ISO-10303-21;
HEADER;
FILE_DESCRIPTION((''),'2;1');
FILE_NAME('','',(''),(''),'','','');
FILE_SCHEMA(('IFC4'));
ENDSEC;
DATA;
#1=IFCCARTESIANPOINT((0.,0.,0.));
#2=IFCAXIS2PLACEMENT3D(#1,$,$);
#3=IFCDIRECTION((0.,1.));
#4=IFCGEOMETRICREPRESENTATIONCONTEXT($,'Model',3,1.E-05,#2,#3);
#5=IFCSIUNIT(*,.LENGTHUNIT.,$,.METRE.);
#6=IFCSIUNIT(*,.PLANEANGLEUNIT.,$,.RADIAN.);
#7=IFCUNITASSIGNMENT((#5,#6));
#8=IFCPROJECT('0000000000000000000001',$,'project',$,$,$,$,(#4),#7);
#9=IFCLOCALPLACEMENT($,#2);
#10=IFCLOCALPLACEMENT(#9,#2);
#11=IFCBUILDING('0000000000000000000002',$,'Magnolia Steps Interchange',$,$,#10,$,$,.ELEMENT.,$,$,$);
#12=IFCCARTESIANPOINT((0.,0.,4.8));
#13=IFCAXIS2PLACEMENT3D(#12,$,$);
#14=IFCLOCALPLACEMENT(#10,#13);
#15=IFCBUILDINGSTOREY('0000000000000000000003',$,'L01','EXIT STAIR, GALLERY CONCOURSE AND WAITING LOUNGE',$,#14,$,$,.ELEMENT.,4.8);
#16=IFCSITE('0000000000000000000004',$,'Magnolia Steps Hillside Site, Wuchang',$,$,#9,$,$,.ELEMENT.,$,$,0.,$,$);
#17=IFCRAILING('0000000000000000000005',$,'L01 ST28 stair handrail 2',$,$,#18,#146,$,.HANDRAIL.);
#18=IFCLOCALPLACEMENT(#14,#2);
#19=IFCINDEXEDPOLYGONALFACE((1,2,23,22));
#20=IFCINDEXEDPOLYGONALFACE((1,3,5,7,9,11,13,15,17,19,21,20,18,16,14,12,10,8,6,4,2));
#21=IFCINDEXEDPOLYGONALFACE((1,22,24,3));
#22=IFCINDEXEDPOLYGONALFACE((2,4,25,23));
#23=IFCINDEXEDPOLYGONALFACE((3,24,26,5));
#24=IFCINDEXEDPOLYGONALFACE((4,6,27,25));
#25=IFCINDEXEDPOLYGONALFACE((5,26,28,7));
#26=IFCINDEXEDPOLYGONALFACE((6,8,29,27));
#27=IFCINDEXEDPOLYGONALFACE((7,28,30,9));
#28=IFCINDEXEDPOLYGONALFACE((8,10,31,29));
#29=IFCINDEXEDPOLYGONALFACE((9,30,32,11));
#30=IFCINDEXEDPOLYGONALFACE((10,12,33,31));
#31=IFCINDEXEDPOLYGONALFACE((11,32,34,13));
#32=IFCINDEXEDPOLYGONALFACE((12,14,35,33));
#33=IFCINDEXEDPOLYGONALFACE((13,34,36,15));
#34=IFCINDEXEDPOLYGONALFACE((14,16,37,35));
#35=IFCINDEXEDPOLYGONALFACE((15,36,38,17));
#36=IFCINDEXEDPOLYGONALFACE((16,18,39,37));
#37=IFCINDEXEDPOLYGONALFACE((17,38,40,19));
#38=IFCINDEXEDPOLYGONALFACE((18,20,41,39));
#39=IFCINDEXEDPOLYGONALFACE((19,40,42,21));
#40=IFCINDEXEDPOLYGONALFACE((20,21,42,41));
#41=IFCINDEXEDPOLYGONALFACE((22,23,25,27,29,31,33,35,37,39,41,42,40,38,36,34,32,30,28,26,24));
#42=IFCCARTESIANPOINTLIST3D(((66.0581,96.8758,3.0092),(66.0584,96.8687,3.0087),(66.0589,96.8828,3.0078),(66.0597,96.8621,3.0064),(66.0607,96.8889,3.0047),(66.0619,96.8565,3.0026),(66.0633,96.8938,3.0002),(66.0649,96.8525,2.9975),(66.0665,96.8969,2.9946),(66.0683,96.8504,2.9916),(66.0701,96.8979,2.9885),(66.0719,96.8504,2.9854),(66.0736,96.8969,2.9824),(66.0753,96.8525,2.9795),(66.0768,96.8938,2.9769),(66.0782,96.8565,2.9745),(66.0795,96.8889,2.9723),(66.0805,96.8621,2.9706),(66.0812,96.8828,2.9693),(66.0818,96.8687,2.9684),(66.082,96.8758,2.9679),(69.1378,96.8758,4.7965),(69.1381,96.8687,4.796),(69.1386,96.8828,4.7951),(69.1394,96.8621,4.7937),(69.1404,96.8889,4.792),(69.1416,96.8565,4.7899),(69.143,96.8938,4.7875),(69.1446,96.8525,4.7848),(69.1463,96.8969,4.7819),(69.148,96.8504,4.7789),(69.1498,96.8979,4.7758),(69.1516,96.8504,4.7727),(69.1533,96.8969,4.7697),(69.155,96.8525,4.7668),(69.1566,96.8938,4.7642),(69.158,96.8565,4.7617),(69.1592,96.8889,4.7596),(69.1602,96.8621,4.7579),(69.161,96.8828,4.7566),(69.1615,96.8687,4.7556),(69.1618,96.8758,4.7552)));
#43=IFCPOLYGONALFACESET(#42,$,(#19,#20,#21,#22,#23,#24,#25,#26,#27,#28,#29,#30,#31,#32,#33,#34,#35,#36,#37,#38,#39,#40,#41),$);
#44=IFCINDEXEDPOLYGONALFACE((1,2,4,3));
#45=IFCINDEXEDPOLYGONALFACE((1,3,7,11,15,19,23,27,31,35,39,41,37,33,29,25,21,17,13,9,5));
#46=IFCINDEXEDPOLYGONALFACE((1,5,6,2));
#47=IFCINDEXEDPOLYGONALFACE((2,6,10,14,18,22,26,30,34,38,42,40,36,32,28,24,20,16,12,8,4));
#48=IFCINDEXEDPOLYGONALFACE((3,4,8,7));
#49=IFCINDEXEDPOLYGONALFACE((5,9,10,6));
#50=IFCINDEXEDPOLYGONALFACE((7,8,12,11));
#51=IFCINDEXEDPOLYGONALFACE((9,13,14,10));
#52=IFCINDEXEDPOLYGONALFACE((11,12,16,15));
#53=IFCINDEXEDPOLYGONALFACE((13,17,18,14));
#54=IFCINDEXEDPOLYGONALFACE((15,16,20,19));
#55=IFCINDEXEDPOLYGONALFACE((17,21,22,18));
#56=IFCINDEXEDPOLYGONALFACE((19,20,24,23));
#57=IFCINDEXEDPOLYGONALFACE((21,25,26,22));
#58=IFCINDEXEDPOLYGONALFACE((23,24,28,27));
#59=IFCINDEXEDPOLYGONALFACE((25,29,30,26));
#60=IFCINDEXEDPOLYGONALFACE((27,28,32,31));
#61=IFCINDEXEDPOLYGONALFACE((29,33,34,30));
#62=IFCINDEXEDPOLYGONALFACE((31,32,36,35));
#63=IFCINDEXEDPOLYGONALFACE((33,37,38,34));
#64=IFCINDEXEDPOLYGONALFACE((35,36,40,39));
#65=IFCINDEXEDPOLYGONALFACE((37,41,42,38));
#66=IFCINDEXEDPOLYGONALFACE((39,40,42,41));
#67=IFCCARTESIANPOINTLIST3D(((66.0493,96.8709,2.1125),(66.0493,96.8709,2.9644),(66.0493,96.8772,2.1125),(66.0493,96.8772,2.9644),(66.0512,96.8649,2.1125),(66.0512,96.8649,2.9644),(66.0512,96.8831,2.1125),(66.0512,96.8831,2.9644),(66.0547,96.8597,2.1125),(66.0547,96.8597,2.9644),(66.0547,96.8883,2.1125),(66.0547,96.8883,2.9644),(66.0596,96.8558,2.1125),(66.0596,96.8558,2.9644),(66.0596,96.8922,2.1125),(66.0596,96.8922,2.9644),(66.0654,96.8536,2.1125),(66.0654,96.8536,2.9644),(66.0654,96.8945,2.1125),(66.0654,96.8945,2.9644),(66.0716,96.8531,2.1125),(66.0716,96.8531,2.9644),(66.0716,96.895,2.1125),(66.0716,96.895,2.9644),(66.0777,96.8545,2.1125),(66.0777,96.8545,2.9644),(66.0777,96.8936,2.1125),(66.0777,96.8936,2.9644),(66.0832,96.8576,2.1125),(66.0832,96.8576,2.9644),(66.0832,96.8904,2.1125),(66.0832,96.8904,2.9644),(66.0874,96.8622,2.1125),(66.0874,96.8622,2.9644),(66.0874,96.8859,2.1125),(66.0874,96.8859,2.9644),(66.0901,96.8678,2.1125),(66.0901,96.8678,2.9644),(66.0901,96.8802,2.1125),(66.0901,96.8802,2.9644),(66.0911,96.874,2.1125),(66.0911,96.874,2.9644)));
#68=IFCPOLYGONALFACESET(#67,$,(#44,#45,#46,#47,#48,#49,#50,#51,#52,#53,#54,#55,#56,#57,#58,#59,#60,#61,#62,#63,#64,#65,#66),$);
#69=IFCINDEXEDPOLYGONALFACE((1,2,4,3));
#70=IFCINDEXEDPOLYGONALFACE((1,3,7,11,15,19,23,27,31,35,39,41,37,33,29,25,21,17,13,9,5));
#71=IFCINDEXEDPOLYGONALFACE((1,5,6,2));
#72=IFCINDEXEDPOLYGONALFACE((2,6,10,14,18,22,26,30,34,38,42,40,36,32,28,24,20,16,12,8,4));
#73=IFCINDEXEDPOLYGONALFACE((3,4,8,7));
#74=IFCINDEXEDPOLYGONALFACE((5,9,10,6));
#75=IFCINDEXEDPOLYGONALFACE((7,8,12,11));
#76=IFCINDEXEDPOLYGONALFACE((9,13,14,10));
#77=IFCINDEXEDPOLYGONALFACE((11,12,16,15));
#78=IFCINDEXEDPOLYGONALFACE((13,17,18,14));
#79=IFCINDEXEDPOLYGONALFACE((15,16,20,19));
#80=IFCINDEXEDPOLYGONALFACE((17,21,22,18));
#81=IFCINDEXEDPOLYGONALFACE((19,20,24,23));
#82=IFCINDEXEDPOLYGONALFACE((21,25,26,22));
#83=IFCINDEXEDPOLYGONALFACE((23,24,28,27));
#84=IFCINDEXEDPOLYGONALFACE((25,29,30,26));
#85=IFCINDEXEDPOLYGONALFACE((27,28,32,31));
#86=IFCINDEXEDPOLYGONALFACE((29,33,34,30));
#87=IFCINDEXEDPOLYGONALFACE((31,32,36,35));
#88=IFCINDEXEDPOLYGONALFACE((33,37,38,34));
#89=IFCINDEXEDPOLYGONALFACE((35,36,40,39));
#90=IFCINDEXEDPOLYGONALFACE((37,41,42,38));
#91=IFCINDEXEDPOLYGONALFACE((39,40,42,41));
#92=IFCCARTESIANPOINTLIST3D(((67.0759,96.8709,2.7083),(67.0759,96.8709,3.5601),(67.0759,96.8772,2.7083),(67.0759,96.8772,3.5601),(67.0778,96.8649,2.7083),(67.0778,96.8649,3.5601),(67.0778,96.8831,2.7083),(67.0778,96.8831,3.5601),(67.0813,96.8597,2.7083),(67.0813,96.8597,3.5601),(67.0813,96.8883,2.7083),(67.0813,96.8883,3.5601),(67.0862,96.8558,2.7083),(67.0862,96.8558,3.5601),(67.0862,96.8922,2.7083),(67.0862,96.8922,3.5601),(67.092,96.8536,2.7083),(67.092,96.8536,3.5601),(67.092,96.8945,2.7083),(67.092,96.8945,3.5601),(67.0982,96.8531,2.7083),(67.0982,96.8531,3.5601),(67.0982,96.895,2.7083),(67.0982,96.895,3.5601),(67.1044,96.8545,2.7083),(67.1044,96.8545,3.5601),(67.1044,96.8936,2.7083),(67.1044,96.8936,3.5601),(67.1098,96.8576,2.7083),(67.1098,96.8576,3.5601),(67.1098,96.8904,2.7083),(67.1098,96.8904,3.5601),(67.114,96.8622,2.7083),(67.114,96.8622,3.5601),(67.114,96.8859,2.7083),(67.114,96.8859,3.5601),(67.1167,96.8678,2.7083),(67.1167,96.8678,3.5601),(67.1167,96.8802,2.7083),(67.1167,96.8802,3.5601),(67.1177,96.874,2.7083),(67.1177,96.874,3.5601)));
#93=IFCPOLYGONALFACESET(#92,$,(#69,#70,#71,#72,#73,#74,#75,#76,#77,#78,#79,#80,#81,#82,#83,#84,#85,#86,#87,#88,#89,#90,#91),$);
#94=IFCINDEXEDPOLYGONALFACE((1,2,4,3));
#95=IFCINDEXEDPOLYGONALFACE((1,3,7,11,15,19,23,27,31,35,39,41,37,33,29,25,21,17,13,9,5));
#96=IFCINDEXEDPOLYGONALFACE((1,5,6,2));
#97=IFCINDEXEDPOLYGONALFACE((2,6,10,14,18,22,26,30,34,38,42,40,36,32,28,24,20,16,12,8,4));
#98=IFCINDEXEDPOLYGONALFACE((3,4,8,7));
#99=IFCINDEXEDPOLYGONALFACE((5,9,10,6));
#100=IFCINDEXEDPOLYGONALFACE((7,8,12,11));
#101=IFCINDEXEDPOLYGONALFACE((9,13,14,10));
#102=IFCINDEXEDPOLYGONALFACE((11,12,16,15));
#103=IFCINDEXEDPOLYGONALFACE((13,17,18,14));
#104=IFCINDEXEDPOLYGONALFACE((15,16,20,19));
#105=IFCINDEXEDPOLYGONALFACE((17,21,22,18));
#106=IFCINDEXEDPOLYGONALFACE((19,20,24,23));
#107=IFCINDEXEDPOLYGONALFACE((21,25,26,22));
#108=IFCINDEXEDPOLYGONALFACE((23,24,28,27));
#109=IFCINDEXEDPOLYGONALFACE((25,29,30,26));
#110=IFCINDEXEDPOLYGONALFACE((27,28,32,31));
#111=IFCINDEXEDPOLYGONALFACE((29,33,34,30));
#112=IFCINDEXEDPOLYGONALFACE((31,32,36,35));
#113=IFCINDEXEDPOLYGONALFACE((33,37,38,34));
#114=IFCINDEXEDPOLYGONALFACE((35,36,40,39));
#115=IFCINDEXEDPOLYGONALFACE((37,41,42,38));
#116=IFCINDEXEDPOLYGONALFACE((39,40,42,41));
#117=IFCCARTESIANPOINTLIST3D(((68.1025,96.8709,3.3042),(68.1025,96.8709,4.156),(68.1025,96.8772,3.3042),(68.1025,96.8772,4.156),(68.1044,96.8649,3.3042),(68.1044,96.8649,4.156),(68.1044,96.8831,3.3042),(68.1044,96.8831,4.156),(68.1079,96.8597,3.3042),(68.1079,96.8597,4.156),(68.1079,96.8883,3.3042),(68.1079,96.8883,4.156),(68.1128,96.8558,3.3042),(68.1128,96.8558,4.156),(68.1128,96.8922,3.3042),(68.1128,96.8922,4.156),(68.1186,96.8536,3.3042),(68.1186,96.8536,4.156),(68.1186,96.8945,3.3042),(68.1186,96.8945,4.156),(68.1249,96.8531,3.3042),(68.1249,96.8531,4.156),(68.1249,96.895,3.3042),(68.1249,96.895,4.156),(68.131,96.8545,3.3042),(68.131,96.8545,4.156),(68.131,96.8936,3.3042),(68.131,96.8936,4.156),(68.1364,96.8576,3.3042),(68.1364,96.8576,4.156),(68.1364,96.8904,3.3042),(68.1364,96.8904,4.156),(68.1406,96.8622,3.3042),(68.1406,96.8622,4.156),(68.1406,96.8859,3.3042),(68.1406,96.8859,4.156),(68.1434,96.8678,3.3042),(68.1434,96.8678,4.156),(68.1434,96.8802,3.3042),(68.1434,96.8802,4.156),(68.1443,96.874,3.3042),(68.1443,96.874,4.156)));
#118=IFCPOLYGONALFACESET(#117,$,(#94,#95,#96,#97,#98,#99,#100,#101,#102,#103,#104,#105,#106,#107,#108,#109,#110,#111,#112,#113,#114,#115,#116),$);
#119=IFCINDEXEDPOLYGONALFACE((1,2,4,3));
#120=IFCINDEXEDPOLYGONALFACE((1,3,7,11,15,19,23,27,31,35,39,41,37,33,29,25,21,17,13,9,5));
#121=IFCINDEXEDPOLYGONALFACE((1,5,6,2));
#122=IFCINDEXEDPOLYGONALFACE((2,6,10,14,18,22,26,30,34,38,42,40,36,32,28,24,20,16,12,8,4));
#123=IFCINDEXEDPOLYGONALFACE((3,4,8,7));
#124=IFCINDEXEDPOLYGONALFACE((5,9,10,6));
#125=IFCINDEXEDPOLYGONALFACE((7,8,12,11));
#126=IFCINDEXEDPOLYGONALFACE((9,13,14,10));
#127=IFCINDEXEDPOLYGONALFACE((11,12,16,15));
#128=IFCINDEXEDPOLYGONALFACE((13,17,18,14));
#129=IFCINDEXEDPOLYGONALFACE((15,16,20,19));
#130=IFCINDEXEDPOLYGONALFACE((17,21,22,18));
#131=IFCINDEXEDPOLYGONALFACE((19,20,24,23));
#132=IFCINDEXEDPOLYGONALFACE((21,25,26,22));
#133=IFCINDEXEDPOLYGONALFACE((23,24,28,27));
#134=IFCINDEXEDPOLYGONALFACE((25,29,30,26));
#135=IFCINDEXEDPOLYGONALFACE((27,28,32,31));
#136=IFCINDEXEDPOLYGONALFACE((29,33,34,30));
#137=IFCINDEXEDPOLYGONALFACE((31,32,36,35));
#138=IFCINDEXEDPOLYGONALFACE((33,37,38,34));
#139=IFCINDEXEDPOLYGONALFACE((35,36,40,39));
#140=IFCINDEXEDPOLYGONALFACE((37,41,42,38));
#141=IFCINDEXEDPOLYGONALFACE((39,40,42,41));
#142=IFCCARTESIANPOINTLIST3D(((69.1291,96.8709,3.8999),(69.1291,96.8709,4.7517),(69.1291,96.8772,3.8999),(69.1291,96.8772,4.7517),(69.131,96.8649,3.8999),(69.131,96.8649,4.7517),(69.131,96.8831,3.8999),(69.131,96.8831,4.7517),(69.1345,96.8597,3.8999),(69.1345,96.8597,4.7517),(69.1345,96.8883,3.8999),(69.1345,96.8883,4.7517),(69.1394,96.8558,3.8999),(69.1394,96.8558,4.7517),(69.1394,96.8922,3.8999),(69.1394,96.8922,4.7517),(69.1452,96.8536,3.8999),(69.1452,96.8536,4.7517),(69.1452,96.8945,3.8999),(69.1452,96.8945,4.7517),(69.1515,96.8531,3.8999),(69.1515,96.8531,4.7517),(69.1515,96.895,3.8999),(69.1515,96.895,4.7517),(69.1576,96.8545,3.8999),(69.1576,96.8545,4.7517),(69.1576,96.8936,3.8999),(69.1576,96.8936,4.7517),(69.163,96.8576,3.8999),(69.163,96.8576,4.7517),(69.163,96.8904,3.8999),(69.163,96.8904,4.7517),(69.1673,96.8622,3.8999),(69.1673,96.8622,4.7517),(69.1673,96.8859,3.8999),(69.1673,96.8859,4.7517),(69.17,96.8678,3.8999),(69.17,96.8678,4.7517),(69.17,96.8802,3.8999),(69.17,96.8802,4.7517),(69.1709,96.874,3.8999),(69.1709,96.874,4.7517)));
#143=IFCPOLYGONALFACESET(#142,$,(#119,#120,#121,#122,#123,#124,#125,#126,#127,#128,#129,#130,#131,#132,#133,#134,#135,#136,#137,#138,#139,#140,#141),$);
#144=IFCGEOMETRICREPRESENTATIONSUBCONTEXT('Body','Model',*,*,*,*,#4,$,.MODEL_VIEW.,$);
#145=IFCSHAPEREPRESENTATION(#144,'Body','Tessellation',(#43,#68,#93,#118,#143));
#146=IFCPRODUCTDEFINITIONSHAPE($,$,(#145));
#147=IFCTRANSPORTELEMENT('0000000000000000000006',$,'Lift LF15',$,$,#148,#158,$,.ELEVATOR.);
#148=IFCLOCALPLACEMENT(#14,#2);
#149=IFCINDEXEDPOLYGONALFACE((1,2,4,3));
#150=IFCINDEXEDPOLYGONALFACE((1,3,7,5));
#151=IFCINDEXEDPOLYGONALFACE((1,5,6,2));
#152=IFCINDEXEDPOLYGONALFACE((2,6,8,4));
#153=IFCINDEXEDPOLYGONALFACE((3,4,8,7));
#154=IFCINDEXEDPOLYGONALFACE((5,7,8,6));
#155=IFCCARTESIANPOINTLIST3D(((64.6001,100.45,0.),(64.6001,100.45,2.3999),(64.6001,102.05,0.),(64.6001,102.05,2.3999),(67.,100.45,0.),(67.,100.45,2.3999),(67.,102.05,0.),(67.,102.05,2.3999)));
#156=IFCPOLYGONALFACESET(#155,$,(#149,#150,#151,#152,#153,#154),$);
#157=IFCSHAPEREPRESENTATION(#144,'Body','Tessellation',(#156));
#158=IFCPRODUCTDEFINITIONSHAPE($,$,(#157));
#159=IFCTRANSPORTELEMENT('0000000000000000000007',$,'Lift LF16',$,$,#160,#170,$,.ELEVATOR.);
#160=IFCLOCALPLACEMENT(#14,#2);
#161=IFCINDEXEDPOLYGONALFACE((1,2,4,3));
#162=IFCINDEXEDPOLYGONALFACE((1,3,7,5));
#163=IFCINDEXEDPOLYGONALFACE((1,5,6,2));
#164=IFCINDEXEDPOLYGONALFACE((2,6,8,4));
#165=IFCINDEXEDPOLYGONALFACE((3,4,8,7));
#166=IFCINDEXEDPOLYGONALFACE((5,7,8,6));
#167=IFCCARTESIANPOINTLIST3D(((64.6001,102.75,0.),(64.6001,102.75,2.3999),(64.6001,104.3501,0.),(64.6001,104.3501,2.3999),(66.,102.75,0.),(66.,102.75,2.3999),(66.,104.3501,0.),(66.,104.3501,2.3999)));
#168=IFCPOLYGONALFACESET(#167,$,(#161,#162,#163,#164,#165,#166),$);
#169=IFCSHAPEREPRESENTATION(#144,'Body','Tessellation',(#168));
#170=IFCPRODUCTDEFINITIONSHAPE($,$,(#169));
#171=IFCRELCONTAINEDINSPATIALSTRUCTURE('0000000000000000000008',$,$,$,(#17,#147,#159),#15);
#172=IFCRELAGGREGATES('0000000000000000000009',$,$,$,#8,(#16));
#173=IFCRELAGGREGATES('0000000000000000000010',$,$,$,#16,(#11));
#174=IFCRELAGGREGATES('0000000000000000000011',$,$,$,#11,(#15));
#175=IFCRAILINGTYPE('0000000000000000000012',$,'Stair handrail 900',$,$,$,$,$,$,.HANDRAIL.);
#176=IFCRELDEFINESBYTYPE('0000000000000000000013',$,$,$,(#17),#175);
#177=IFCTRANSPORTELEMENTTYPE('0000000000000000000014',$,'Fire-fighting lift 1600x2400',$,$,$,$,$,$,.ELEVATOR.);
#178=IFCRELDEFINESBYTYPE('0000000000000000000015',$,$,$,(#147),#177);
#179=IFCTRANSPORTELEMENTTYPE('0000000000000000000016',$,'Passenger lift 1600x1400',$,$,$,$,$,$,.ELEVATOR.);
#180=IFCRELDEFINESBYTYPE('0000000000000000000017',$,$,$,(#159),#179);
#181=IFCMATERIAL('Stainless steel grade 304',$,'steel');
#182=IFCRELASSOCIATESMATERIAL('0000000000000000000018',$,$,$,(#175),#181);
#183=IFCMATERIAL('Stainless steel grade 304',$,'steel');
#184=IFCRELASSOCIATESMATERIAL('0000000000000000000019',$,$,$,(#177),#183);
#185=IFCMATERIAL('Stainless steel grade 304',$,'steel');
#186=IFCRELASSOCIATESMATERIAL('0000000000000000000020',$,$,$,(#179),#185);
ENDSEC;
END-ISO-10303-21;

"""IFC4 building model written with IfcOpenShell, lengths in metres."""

from ifc_helpers import new_model, si_unit, direction, frame, origin, origin_2d, place, context, subcontext, project, spatial, rectangle, circle, extrude, material, type_object, element, save


model = new_model("IFC4")

# Units and contexts
model_context = context("Model", 3, precision=1e-05, world=origin(), true_north=direction((0.0, 1.0)))
body_context = subcontext(model_context, "Body", "Model", "MODEL_VIEW")
ifc_project = project(units=[si_unit("LENGTHUNIT", "METRE"), si_unit("PLANEANGLEUNIT", "RADIAN")], contexts=[model_context])

# Site, building, storey
site_placement = place(None, origin())
site = spatial("IfcSite", under=ifc_project, at=site_placement, Name="Magnolia Steps Hillside Site, Wuchang", CompositionType="ELEMENT", RefElevation=0.0)
building_placement = place(site_placement, origin())
building = spatial("IfcBuilding", under=site, at=building_placement, Name="Magnolia Steps Interchange", CompositionType="ELEMENT")
storey_placement = place(building_placement, frame((0.0, 0.0, 4.8)))
storey = spatial("IfcBuildingStorey", under=building, at=storey_placement, Name="L01", Description="EXIT STAIR, GALLERY CONCOURSE AND WAITING LOUNGE", CompositionType="ELEMENT", Elevation=4.8)

# Railing
ifc_material_1 = material(Name="Stainless steel grade 304", Category="steel")
railing_type_1 = type_object("IfcRailingType", Name="Stair handrail 900", PredefinedType="HANDRAIL", material=ifc_material_1)
railing_1_placement = place(storey_placement, frame((66.0701, 96.874, 2.1125)))
element("IfcRailing", 1, at=railing_1_placement, inside=storey, type_object=railing_type_1, Name="L01 ST28 stair handrail 2", PredefinedType="HANDRAIL", context=body_context, shape_type="SweptSolid", body=[
    extrude(circle(Radius=0.0239, at=origin_2d()), frame((0.0, 0.0, 0.876), z_axis=(0.864903, 0.0, 0.501939), x_axis=(0.0, 1.0, 0.0)), (0.0, 0.0, 1.0), 3.5608),
    extrude(circle(Radius=0.021, at=origin_2d()), origin(), (0.0, 0.0, 1.0), 0.8518),
    extrude(circle(Radius=0.021, at=origin_2d()), frame((1.0266, 0.0, 0.5957)), (0.0, 0.0, 1.0), 0.8518),
    extrude(circle(Radius=0.021, at=origin_2d()), frame((2.0532, 0.0, 1.1917)), (0.0, 0.0, 1.0), 0.8518),
    extrude(circle(Radius=0.021, at=origin_2d()), frame((3.0798, 0.0, 1.7874)), (0.0, 0.0, 1.0), 0.8518),
])

# Transport elements
ifc_material_2 = material(Name="Stainless steel grade 304", Category="steel")
transport_element_type_1 = type_object("IfcTransportElementType", Name="Fire-fighting lift 1600x2400", PredefinedType="ELEVATOR", material=ifc_material_2)
transport_element_1_placement = place(storey_placement, frame((65.8, 101.25, 0.0), z_axis=(0.0, 0.0, 1.0), x_axis=(0.0, 1.0, 0.0)))
element("IfcTransportElement", 2, at=transport_element_1_placement, inside=storey, type_object=transport_element_type_1, Name="Lift LF15", PredefinedType="ELEVATOR", context=body_context, shape_type="SweptSolid", body=[
    extrude(rectangle(XDim=1.6001, YDim=2.3999, at=origin_2d()), origin(), (0.0, 0.0, 1.0), 2.3999),
])
ifc_material_3 = material(Name="Stainless steel grade 304", Category="steel")
transport_element_type_2 = type_object("IfcTransportElementType", Name="Passenger lift 1600x1400", PredefinedType="ELEVATOR", material=ifc_material_3)
transport_element_2_placement = place(storey_placement, frame((65.3, 103.55, 0.0), z_axis=(0.0, 0.0, 1.0), x_axis=(0.0, 1.0, 0.0)))
element("IfcTransportElement", 3, at=transport_element_2_placement, inside=storey, type_object=transport_element_type_2, Name="Lift LF16", PredefinedType="ELEVATOR", context=body_context, shape_type="SweptSolid", body=[
    extrude(rectangle(XDim=1.6001, YDim=1.3999, at=origin_2d()), origin(), (0.0, 0.0, 1.0), 2.3999),
])

save(model, "model.ifc")
